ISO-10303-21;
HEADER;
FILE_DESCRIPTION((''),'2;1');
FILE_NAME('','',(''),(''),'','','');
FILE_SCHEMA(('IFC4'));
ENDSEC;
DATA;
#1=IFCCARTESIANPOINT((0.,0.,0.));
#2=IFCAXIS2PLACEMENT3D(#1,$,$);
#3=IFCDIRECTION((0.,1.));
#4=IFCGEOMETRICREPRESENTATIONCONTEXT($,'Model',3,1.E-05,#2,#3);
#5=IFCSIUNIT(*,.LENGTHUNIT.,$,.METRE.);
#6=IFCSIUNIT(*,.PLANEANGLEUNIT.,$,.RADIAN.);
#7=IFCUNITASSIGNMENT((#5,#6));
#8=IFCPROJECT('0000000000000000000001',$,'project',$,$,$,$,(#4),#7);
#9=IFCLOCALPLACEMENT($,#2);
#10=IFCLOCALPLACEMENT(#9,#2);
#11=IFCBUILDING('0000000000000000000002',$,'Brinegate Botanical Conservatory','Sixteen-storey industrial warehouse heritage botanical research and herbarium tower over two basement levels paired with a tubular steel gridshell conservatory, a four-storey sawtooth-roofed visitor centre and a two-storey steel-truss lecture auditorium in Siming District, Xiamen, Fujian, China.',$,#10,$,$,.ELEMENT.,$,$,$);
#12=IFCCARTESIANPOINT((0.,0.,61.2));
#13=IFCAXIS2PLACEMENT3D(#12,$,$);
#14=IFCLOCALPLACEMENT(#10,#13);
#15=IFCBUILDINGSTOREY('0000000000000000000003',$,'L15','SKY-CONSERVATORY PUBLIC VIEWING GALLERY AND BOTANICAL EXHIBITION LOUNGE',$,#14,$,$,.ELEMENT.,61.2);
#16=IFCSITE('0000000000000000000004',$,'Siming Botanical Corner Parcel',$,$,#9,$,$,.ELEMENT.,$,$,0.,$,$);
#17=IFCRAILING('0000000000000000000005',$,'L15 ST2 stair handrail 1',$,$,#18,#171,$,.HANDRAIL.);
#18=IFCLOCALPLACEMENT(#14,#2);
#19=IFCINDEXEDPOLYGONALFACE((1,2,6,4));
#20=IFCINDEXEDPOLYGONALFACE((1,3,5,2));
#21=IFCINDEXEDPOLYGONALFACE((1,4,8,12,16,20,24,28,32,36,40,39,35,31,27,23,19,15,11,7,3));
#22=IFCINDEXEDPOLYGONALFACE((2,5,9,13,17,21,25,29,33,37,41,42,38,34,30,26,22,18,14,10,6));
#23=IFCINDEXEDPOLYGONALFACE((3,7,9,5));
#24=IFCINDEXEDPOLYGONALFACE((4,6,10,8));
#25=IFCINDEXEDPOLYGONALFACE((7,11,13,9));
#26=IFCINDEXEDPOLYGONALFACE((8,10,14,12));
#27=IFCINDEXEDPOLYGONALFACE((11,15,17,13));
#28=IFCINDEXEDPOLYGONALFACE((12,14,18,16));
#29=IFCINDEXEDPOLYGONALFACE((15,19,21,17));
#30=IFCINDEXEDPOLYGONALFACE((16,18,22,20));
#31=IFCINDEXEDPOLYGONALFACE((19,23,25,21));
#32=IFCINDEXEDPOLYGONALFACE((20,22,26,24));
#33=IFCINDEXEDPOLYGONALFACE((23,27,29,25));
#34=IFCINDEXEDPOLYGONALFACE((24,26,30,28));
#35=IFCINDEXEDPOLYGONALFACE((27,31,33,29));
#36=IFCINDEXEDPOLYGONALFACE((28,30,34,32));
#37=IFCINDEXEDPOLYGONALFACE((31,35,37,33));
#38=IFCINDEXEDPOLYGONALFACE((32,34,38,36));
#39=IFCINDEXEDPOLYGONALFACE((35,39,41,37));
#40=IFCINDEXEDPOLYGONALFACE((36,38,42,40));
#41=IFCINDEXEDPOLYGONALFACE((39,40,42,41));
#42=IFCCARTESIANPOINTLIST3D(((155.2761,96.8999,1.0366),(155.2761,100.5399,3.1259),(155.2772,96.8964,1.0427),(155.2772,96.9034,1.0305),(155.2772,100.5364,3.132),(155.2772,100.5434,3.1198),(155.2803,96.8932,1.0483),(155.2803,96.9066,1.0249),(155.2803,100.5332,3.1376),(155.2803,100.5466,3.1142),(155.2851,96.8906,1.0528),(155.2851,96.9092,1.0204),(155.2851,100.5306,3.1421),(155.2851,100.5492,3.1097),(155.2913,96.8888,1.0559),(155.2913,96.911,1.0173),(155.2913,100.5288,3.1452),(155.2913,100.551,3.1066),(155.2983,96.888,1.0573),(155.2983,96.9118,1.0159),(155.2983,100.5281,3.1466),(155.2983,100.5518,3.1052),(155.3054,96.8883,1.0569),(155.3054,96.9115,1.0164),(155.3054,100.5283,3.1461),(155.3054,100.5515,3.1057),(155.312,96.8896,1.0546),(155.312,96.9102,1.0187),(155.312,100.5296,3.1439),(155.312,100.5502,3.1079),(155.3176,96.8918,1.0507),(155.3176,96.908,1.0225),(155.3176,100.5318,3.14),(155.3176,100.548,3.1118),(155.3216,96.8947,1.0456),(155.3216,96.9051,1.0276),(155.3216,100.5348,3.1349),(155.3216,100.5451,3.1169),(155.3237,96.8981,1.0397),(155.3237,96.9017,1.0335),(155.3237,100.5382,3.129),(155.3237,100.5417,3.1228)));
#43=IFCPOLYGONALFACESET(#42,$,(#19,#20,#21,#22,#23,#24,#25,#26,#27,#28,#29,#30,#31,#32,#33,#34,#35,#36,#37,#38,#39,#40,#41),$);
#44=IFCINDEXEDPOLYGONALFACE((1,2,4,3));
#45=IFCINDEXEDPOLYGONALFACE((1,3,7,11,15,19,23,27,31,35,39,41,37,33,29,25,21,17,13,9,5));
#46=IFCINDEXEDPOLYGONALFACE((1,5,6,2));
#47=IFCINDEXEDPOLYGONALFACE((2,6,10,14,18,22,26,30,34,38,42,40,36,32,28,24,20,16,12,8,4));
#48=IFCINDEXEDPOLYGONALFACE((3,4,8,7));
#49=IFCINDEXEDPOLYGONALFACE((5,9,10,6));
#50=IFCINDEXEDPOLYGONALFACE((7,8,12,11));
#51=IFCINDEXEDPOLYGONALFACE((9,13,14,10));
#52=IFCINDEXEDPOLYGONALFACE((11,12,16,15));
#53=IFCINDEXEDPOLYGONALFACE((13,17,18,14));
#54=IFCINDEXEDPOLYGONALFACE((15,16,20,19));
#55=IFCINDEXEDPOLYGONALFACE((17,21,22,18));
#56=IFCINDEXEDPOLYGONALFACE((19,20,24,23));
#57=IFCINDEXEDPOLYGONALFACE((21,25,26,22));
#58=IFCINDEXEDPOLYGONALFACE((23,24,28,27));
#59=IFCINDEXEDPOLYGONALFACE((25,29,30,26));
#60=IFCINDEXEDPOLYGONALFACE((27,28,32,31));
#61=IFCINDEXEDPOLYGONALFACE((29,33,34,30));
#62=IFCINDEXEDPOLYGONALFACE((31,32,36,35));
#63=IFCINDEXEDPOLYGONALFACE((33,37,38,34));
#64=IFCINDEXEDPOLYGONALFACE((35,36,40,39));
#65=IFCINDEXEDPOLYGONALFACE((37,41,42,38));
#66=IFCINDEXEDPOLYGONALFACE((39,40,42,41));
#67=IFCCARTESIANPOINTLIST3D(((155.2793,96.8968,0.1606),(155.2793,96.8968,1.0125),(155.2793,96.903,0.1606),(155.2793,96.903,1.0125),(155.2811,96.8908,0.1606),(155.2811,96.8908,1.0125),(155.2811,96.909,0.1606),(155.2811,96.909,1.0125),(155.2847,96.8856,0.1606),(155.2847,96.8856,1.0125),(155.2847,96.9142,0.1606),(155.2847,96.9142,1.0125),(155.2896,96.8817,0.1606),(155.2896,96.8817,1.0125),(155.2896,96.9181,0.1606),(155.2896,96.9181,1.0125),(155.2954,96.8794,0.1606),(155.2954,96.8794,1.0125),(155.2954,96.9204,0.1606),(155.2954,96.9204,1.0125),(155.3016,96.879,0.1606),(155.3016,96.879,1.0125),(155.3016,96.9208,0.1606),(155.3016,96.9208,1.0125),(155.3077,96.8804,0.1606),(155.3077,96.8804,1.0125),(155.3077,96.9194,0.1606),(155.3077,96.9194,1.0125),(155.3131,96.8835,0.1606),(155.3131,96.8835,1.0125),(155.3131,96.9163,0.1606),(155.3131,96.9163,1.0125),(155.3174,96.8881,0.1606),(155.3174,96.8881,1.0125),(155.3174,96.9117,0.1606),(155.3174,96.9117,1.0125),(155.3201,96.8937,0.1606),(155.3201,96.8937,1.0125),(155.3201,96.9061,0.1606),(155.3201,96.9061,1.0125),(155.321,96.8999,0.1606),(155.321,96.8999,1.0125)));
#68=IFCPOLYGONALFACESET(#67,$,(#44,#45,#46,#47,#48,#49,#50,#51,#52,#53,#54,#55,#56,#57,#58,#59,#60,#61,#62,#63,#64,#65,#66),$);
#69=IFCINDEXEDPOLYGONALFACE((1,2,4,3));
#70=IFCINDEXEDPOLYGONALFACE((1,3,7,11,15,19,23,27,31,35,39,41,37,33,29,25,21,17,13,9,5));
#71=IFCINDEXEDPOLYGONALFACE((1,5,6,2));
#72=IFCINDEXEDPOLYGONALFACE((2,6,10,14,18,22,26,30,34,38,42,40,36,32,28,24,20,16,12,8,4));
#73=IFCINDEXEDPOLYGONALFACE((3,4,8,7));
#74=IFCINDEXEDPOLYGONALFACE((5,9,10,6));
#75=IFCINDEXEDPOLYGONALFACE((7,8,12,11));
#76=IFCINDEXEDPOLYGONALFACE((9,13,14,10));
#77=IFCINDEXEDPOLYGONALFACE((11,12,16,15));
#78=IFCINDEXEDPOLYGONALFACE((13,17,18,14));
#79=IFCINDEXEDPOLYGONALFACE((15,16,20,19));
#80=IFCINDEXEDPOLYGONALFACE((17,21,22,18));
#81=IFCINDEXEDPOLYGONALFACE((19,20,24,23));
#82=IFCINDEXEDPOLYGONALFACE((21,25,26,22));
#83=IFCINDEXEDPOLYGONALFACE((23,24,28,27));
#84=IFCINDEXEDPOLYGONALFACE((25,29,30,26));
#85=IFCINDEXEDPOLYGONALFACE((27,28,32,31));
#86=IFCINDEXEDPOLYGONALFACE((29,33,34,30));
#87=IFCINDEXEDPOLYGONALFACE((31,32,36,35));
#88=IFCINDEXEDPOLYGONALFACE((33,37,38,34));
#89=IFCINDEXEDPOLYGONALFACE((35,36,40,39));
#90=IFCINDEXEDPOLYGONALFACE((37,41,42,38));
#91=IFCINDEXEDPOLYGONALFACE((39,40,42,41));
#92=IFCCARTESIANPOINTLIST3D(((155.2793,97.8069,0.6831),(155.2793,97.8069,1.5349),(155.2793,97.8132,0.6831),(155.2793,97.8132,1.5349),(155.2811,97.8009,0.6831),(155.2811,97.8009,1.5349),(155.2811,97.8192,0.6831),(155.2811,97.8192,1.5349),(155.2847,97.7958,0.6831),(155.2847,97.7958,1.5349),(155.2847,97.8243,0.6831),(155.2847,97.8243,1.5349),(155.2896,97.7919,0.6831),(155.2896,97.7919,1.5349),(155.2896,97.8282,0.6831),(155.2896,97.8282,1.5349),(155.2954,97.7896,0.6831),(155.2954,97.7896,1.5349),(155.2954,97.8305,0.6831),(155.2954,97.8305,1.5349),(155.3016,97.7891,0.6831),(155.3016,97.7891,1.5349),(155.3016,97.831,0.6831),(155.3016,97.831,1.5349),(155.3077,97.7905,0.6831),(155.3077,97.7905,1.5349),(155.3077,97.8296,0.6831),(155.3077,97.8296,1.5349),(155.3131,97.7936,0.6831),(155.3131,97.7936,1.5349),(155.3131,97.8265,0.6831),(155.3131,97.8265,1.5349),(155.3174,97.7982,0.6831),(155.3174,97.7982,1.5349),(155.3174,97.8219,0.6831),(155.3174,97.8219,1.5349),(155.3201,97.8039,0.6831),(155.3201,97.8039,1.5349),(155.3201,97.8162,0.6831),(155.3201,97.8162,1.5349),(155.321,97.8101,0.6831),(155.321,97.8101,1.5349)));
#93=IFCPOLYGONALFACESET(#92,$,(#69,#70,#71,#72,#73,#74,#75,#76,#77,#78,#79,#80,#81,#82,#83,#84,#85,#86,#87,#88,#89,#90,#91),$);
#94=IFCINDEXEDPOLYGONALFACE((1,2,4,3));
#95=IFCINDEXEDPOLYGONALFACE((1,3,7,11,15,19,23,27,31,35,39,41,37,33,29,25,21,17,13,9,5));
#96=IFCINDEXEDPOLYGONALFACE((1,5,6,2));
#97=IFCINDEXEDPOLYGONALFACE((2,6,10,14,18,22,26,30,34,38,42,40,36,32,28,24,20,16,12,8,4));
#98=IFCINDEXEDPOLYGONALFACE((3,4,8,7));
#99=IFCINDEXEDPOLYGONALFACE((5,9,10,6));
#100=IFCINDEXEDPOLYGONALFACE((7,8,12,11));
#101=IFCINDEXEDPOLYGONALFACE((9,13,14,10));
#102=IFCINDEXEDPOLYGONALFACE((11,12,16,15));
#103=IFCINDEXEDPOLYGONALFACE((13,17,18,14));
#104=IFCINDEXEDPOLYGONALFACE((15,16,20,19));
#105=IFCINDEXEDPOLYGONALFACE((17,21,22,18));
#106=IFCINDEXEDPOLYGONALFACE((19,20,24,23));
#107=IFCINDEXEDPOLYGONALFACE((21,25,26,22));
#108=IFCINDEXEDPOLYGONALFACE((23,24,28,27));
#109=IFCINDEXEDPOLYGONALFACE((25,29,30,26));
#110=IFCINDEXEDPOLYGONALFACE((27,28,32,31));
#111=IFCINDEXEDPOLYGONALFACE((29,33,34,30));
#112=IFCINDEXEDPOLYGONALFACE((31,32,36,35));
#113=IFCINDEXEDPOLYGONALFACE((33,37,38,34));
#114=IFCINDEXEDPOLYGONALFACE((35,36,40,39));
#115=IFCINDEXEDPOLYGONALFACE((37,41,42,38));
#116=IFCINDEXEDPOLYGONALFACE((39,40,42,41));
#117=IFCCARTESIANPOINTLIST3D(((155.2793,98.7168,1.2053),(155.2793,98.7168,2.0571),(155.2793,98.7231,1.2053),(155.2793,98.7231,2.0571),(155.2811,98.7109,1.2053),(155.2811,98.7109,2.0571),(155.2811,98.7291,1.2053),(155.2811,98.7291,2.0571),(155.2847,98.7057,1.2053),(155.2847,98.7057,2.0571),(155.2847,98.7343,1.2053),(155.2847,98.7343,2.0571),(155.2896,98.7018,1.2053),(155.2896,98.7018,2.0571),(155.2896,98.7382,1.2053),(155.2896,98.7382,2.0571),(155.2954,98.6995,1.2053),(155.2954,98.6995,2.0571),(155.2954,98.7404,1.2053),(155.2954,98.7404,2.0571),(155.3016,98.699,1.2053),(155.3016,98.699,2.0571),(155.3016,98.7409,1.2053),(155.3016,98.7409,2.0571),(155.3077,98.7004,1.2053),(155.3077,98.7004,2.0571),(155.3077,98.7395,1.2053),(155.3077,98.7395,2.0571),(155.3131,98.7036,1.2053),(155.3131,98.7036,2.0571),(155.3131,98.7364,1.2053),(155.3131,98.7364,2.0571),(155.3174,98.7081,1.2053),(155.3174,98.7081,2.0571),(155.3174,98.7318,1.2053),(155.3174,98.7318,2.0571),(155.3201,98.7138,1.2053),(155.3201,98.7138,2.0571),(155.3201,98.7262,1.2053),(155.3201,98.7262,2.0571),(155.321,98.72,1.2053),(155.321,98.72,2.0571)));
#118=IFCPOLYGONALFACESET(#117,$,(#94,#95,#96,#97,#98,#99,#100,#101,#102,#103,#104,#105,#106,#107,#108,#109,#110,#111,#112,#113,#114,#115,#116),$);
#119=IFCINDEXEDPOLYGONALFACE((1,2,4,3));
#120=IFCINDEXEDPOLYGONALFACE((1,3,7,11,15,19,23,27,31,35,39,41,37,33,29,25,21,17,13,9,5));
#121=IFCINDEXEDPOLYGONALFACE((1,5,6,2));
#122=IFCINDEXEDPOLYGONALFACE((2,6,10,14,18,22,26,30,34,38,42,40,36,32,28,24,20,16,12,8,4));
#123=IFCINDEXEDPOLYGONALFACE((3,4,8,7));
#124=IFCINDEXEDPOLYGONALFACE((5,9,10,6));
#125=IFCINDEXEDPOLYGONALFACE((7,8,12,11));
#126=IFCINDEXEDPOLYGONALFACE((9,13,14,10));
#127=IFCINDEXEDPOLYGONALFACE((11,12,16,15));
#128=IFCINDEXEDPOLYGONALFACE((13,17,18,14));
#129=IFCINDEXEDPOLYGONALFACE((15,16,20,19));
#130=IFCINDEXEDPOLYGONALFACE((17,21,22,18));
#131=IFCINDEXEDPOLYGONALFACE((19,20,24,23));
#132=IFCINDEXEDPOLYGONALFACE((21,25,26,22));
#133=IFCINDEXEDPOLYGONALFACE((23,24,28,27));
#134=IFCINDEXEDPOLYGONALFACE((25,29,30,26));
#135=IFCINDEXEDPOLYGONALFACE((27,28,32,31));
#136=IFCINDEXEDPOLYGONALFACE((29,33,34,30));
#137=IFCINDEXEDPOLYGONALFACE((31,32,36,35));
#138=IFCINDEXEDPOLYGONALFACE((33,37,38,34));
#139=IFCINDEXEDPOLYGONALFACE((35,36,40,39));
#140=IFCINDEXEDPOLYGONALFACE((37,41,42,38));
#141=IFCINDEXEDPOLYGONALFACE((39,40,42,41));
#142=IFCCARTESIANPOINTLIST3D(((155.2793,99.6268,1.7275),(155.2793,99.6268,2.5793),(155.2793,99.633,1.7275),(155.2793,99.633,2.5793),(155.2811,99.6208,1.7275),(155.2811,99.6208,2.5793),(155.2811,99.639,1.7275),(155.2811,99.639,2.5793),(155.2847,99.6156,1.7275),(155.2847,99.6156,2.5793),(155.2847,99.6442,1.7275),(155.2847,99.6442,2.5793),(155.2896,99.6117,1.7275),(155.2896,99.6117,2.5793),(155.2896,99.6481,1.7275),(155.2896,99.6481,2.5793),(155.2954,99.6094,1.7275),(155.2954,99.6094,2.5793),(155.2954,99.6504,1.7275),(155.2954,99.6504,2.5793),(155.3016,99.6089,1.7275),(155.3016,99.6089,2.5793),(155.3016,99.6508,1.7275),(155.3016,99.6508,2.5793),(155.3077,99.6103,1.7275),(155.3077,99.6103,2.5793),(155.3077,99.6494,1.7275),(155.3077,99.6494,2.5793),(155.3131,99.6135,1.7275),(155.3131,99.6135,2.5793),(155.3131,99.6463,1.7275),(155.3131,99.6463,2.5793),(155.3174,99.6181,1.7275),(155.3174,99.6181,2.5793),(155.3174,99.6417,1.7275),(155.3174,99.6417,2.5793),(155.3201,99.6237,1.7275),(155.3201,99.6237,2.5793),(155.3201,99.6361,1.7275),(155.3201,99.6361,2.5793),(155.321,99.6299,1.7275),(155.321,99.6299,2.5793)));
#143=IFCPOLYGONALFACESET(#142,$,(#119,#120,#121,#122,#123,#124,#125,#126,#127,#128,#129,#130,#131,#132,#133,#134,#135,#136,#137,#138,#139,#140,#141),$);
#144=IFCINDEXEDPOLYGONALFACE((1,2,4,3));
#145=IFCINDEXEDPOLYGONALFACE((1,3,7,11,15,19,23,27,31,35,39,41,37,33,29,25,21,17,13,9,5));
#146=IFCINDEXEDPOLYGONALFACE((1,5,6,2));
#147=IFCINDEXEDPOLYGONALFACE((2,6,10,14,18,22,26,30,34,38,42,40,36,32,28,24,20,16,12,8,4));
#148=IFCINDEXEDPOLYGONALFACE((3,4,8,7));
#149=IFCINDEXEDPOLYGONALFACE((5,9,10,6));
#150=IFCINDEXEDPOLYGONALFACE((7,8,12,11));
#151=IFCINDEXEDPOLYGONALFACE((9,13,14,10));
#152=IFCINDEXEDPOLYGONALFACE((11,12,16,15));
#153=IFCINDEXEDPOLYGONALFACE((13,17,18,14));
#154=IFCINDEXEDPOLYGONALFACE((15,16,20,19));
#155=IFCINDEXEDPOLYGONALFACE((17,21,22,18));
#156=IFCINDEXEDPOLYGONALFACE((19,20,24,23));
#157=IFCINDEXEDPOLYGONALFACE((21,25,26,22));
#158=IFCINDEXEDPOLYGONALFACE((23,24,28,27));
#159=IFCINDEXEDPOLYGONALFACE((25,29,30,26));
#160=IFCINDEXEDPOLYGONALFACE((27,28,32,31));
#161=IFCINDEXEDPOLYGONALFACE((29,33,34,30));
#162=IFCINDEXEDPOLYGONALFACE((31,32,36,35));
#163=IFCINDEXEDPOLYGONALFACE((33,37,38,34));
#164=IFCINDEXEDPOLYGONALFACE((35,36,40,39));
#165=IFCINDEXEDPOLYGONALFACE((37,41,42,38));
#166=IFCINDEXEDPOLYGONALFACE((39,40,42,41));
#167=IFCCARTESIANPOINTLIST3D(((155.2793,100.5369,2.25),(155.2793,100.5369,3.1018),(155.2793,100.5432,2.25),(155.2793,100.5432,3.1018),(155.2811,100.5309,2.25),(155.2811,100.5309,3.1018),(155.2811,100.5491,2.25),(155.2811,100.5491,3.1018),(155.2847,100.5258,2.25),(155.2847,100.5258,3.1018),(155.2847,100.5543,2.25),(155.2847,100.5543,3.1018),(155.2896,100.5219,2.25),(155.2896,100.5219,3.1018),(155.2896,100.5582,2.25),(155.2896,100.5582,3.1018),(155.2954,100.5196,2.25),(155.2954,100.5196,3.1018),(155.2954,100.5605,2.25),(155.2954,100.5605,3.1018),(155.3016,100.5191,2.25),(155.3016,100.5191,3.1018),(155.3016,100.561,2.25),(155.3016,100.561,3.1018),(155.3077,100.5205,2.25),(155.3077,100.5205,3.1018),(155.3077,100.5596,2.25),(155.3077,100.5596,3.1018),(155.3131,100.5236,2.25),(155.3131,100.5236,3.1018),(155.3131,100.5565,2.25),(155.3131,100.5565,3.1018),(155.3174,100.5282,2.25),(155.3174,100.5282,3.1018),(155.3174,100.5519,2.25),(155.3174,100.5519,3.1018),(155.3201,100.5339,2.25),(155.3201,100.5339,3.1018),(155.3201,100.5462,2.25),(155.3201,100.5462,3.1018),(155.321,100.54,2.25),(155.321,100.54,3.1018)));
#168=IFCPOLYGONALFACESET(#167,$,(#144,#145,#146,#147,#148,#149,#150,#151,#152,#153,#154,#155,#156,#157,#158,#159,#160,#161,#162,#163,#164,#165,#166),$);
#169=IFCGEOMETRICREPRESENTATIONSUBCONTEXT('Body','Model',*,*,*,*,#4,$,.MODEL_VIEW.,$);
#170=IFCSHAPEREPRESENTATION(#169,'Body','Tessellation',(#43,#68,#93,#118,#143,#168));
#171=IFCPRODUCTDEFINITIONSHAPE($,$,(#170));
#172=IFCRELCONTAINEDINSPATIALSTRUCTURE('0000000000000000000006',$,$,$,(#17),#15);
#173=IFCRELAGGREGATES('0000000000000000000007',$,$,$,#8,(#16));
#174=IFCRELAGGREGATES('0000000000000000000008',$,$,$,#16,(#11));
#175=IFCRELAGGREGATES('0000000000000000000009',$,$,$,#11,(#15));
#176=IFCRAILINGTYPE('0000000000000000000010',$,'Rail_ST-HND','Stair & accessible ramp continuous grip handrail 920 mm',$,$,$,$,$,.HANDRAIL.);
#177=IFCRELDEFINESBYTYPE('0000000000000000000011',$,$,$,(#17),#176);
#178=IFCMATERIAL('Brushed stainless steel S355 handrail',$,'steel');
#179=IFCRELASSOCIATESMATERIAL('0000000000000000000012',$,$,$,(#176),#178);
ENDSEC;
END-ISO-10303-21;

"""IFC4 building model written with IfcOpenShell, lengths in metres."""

from ifc_helpers import new_model, si_unit, direction, frame, origin, origin_2d, place, context, subcontext, project, spatial, circle, extrude, material, type_object, element, save


model = new_model("IFC4")

# Units and contexts
model_context = context("Model", 3, precision=1e-05, world=origin(), true_north=direction((0.0, 1.0)))
body_context = subcontext(model_context, "Body", "Model", "MODEL_VIEW")
ifc_project = project(units=[si_unit("LENGTHUNIT", "METRE"), si_unit("PLANEANGLEUNIT", "RADIAN")], contexts=[model_context])

# Site, building, storey
site_placement = place(None, origin())
site = spatial("IfcSite", under=ifc_project, at=site_placement, Name="Siming Botanical Corner Parcel", CompositionType="ELEMENT", RefElevation=0.0)
building_placement = place(site_placement, origin())
building = spatial("IfcBuilding", under=site, at=building_placement, Name="Brinegate Botanical Conservatory", Description="Sixteen-storey industrial warehouse heritage botanical research and herbarium tower over two basement levels paired with a tubular steel gridshell conservatory, a four-storey sawtooth-roofed visitor centre and a two-storey steel-truss lecture auditorium in Siming District, Xiamen, Fujian, China.", CompositionType="ELEMENT")
storey_placement = place(building_placement, frame((0.0, 0.0, 61.2)))
storey = spatial("IfcBuildingStorey", under=building, at=storey_placement, Name="L15", Description="SKY-CONSERVATORY PUBLIC VIEWING GALLERY AND BOTANICAL EXHIBITION LOUNGE", CompositionType="ELEMENT", Elevation=61.2)

# Railing
ifc_material_1 = material(Name="Brushed stainless steel S355 handrail", Category="steel")
railing_type_1 = type_object("IfcRailingType", Name="Rail_ST-HND", Description="Stair & accessible ramp continuous grip handrail 920 mm", PredefinedType="HANDRAIL", material=ifc_material_1)
railing_1_placement = place(storey_placement, frame((155.3, 96.8999, 0.1606)))
element("IfcRailing", 1, at=railing_1_placement, inside=storey, type_object=railing_type_1, Name="L15 ST2 stair handrail 1", PredefinedType="HANDRAIL", context=body_context, shape_type="SweptSolid", body=[
    extrude(circle(Radius=0.0239, at=origin_2d()), frame((0.0, 0.0, 0.876), z_axis=(0.0, 0.867289, 0.497804), x_axis=(-1.0, 0.0, 0.0)), (0.0, 0.0, 1.0), 4.197),
    extrude(circle(Radius=0.021, at=origin_2d()), origin(), (0.0, 0.0, 1.0), 0.8518),
    extrude(circle(Radius=0.021, at=origin_2d()), frame((0.0, 0.9102, 0.5225)), (0.0, 0.0, 1.0), 0.8518),
    extrude(circle(Radius=0.021, at=origin_2d()), frame((0.0, 1.8201, 1.0447)), (0.0, 0.0, 1.0), 0.8518),
    extrude(circle(Radius=0.021, at=origin_2d()), frame((0.0, 2.73, 1.5669)), (0.0, 0.0, 1.0), 0.8518),
    extrude(circle(Radius=0.021, at=origin_2d()), frame((0.0, 3.6401, 2.0894)), (0.0, 0.0, 1.0), 0.8518),
])

save(model, "model.ifc")
